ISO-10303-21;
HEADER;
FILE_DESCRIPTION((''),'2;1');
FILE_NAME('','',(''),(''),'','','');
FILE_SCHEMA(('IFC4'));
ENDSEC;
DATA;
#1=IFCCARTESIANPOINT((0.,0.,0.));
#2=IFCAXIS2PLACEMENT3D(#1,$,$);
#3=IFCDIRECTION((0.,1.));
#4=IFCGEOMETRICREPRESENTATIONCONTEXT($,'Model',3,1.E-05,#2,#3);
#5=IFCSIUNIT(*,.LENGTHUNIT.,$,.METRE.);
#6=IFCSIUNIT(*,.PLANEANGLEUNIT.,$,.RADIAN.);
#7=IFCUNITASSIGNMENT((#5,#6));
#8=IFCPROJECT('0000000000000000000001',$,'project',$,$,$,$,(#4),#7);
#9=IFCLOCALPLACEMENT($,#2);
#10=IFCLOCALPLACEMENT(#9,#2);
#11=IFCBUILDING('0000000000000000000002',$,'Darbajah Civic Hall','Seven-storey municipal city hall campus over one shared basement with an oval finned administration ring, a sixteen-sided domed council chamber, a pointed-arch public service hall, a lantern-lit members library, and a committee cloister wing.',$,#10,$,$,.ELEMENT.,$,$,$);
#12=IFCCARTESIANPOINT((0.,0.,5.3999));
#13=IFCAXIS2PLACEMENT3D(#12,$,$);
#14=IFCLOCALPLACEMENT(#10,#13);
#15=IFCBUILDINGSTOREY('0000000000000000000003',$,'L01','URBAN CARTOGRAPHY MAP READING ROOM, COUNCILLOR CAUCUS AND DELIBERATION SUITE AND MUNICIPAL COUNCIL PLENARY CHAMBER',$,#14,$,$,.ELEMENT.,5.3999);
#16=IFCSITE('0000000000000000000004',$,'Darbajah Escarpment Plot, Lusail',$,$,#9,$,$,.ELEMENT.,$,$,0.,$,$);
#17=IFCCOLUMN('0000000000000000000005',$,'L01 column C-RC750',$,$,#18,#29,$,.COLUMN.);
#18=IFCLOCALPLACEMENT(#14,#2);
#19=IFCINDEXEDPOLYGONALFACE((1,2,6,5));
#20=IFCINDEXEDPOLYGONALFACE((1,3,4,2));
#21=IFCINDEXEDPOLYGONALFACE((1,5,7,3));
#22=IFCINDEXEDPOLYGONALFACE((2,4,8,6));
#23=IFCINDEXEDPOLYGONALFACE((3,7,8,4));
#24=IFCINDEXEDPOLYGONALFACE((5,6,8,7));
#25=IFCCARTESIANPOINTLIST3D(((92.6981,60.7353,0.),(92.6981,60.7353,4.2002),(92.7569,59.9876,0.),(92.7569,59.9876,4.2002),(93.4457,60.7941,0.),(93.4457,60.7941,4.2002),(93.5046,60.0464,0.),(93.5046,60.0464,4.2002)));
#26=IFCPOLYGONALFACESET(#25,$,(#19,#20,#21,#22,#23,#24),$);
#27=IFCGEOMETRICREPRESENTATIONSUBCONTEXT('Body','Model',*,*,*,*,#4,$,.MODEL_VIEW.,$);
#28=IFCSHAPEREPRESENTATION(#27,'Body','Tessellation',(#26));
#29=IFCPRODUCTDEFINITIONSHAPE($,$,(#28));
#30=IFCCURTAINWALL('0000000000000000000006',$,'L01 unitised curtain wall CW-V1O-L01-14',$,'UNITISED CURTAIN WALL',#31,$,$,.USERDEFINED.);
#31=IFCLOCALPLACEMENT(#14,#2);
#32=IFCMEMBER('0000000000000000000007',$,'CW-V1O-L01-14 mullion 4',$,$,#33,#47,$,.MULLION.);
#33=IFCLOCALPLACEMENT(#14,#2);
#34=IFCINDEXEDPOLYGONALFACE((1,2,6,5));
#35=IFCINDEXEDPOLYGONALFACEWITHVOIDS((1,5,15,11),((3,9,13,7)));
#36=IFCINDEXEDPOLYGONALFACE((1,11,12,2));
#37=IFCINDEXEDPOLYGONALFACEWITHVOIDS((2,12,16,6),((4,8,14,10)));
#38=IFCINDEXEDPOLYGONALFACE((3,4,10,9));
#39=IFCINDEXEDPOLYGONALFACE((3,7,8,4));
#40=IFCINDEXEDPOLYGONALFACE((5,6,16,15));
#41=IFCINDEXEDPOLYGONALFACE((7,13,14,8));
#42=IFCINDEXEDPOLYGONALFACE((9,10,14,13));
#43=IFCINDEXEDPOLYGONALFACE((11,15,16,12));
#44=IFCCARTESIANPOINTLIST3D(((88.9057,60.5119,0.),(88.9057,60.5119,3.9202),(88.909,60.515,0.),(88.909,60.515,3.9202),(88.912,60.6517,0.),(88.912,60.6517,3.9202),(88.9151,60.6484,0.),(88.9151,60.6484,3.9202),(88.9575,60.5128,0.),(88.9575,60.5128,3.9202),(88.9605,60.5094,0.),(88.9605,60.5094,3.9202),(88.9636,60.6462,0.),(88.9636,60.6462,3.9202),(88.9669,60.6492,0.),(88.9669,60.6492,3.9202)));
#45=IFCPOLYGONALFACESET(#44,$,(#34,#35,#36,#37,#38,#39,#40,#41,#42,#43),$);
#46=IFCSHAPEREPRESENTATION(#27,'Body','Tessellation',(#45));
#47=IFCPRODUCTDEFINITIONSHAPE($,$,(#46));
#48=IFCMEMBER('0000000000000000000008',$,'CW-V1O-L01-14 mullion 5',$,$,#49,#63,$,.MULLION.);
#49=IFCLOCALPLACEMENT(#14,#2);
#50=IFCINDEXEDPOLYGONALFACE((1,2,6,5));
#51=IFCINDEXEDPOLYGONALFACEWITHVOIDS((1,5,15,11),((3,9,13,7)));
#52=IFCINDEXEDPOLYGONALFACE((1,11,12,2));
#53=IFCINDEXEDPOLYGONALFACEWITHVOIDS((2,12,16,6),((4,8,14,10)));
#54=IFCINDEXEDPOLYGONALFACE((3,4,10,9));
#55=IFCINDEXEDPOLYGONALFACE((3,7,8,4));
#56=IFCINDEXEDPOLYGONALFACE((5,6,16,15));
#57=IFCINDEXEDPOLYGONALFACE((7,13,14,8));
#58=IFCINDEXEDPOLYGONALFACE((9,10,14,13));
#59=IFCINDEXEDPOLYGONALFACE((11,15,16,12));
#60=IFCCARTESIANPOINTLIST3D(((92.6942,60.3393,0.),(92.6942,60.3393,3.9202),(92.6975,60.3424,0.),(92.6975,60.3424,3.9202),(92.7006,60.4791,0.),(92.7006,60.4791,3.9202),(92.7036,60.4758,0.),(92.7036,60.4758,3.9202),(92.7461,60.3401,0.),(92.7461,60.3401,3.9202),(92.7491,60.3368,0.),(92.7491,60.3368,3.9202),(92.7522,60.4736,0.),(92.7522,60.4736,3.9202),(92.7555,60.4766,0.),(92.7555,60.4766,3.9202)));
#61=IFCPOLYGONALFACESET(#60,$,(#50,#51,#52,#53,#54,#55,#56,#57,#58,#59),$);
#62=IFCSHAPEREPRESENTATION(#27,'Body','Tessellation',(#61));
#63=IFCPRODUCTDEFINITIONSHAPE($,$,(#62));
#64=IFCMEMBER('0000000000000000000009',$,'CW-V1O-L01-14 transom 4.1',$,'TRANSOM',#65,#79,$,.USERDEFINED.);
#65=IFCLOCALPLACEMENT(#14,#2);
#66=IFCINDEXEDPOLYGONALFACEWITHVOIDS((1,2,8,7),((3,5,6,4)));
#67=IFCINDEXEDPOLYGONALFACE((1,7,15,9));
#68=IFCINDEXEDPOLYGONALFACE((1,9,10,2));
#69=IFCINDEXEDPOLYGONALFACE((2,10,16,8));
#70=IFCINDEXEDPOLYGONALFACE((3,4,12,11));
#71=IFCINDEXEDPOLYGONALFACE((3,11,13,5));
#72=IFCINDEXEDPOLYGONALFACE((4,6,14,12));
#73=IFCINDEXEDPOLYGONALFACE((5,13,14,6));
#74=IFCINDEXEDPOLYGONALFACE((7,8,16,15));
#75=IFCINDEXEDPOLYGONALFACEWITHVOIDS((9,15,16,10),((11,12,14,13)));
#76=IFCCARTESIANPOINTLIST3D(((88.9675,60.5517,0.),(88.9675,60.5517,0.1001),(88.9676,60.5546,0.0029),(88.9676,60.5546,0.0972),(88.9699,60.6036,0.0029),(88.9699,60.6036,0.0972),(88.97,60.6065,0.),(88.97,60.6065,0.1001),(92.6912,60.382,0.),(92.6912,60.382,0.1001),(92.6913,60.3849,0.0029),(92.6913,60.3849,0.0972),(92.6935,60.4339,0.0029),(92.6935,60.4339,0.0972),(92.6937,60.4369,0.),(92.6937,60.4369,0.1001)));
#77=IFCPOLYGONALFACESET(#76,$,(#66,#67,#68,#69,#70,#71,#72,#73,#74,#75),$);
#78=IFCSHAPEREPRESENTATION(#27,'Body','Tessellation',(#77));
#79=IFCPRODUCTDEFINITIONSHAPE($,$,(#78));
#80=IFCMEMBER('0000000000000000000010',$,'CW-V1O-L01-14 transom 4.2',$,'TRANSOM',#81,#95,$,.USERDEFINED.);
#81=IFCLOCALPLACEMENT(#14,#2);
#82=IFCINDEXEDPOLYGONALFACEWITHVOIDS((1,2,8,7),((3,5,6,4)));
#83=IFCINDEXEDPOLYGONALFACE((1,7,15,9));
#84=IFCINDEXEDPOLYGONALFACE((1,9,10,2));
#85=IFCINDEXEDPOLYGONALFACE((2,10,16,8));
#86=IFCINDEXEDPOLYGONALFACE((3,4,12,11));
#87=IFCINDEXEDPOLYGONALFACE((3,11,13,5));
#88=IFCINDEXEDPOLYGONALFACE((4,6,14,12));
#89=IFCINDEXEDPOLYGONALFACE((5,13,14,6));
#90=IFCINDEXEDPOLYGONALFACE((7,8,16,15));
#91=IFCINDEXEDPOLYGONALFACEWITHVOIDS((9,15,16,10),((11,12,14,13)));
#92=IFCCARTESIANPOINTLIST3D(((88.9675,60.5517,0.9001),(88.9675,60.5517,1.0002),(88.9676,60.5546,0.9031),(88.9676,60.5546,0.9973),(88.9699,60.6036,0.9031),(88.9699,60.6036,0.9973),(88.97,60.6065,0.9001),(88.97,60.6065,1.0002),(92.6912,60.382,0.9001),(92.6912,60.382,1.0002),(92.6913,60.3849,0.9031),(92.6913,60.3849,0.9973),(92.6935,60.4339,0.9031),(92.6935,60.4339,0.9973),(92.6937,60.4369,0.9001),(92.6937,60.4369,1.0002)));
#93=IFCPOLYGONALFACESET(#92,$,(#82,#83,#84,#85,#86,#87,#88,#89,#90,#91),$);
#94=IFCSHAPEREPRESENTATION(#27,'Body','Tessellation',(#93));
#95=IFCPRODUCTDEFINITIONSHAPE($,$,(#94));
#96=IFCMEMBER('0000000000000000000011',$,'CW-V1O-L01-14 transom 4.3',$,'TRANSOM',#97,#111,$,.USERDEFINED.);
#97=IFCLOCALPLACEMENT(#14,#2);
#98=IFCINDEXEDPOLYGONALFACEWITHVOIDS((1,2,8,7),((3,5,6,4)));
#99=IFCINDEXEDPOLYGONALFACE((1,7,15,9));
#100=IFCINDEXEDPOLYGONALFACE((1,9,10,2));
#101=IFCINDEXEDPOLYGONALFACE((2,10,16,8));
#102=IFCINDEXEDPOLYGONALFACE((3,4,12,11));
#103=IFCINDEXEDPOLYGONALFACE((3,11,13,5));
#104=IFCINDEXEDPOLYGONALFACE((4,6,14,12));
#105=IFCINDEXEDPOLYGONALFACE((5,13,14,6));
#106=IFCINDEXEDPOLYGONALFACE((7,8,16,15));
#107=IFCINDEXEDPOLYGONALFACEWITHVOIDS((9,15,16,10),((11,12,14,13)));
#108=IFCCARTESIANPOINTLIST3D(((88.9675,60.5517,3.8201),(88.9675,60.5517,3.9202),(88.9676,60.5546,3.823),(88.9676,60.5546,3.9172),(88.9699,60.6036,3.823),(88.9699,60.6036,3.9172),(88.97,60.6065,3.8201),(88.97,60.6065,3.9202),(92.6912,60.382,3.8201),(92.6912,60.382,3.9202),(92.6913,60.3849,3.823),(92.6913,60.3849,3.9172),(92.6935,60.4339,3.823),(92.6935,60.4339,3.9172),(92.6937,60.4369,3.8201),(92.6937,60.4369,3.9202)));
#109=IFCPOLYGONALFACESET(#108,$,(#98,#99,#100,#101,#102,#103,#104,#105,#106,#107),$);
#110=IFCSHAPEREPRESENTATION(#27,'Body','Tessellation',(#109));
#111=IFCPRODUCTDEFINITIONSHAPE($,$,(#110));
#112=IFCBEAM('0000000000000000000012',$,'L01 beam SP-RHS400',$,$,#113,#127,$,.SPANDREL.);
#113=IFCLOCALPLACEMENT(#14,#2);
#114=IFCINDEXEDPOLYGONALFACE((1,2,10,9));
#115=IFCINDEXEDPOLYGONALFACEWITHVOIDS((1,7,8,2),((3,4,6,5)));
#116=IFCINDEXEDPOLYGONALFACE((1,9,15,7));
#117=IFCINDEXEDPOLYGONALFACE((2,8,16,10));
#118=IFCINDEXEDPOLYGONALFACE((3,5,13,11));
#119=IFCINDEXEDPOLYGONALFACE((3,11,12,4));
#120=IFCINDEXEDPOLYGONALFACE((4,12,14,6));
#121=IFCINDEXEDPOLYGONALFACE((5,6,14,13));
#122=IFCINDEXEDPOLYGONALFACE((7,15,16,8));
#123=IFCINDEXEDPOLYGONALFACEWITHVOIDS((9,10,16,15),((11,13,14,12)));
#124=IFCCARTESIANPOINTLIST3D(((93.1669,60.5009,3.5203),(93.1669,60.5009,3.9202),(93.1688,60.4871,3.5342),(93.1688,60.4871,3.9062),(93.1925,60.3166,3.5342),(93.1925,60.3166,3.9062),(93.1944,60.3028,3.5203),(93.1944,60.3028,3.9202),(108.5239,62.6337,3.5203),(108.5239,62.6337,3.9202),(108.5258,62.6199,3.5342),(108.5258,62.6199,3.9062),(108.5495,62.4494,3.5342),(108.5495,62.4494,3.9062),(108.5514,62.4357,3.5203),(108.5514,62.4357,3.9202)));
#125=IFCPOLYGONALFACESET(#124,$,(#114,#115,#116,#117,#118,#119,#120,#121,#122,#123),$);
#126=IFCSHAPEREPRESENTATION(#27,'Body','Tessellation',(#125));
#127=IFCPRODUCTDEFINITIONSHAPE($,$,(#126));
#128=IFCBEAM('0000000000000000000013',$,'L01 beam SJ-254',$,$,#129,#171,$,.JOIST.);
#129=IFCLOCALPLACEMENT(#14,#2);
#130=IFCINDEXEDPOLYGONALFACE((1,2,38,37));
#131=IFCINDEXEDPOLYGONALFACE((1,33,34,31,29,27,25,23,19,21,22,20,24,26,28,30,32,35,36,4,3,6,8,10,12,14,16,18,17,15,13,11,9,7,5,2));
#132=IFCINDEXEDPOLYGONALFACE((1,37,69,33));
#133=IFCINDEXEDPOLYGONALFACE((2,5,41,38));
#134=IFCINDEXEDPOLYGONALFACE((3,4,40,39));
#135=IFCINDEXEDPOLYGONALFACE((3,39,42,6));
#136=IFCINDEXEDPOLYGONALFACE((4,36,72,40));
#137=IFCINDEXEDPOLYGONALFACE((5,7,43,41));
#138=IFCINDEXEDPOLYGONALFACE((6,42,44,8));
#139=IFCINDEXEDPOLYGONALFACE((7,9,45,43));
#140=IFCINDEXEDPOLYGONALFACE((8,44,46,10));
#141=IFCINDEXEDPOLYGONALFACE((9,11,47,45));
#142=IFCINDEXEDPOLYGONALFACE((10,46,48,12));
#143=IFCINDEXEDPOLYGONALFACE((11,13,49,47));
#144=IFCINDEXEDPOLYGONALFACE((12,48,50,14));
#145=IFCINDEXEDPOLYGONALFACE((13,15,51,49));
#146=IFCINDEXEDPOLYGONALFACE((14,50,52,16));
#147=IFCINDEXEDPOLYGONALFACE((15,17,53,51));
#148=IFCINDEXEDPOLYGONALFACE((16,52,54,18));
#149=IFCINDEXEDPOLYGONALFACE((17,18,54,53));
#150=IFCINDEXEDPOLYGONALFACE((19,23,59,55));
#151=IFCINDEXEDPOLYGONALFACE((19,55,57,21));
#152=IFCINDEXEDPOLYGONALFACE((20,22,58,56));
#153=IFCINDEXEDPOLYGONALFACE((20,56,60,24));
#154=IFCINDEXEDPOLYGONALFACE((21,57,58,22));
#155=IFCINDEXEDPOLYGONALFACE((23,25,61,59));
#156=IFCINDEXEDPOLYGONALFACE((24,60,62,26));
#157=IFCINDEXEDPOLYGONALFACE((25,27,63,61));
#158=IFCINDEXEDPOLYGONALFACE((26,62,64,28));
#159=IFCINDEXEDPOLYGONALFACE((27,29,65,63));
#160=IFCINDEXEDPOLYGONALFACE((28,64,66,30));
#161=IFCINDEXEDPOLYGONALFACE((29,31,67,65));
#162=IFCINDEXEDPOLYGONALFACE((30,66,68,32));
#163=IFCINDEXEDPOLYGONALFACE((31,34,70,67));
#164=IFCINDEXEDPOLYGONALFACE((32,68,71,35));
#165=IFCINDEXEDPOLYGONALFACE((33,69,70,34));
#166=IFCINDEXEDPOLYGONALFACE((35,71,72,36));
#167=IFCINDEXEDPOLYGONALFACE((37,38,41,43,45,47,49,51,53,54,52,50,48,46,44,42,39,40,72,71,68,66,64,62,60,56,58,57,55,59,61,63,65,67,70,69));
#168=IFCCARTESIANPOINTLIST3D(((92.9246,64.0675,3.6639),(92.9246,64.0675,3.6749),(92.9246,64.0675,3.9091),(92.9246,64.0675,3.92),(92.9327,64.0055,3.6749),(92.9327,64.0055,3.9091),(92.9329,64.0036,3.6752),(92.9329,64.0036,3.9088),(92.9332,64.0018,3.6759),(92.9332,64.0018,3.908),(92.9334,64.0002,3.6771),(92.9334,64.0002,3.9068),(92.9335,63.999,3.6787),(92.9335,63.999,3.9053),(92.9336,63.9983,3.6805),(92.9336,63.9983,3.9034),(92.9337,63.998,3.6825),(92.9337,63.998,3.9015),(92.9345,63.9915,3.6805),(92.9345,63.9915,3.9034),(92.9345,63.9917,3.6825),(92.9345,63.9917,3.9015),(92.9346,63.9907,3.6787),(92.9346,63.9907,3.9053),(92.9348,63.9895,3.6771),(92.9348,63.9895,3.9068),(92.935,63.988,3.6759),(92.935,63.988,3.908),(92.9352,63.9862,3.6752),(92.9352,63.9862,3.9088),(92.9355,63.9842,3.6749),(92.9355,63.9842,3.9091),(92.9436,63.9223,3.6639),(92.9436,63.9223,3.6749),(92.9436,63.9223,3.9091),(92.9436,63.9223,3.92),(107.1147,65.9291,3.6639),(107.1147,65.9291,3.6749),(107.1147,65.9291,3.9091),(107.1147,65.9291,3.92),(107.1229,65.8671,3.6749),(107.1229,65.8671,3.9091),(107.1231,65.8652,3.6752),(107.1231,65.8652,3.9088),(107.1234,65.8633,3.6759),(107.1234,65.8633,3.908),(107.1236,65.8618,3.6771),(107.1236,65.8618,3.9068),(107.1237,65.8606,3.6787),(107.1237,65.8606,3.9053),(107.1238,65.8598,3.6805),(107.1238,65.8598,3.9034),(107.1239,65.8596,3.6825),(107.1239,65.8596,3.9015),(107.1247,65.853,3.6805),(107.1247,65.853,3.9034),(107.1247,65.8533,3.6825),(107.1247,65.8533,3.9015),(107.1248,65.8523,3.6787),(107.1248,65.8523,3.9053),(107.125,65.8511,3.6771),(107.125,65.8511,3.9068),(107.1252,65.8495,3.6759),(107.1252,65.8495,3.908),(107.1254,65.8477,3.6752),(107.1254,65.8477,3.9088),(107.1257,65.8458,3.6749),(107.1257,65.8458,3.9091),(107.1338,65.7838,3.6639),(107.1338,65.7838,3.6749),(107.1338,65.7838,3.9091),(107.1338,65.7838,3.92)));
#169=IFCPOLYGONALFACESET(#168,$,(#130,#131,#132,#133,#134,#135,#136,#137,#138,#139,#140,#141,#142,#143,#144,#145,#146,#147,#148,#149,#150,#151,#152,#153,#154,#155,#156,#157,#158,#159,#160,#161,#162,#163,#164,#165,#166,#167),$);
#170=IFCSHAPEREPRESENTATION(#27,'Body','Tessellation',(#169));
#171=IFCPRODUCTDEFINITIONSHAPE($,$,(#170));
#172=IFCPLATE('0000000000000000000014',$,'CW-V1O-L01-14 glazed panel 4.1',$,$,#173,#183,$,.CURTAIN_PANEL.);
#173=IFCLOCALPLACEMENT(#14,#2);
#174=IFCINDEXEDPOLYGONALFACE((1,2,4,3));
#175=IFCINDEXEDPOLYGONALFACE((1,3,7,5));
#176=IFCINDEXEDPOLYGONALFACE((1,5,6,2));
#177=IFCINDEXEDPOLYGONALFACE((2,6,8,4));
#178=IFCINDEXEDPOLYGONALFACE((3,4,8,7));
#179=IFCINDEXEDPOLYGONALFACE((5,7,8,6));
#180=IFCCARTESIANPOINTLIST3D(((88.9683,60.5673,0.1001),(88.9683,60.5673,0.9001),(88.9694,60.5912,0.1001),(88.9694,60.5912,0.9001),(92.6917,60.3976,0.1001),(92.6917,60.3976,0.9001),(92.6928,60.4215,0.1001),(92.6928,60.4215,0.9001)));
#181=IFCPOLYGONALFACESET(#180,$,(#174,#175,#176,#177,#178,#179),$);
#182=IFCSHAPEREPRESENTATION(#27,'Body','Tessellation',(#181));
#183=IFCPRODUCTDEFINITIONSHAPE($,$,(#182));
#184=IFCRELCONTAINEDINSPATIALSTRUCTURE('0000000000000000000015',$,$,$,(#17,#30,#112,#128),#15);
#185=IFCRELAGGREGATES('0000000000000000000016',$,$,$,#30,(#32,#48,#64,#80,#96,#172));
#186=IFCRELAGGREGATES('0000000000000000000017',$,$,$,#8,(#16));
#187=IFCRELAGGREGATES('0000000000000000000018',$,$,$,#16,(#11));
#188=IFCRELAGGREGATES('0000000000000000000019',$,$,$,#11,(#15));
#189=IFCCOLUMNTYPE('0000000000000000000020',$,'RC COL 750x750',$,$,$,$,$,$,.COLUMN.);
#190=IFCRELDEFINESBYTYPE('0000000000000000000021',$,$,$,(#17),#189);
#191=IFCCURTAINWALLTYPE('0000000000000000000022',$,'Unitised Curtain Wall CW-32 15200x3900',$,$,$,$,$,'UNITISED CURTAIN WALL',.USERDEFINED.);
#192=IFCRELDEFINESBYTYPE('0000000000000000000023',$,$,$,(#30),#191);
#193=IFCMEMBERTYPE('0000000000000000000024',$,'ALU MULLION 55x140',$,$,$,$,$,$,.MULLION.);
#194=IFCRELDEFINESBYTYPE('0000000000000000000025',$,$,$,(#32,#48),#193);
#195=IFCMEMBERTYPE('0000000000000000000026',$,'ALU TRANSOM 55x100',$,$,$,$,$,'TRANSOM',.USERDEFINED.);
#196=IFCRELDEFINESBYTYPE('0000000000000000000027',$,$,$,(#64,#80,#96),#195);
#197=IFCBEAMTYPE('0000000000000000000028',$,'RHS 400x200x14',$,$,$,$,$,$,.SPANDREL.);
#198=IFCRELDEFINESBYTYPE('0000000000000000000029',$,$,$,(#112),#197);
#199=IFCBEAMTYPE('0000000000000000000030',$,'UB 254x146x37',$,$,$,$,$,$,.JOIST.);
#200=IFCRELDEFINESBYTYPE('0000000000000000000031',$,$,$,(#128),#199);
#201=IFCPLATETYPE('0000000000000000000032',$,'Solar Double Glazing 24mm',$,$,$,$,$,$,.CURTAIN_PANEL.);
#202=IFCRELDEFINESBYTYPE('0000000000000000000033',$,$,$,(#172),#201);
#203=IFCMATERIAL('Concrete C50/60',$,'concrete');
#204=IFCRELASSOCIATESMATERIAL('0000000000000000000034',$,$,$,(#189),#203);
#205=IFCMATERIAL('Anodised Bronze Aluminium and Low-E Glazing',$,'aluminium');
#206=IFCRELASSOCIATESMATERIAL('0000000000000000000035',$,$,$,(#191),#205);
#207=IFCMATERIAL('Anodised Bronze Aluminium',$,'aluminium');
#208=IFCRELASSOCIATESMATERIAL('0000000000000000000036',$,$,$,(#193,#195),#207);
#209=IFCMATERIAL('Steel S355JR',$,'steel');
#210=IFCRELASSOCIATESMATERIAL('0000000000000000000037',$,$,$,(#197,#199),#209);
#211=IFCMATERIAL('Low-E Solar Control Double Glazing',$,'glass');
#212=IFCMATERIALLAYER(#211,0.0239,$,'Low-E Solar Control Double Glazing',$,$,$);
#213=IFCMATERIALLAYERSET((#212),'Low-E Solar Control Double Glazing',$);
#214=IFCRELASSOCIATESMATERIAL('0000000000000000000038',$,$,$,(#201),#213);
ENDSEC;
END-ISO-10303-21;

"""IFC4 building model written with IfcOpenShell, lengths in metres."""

from ifc_helpers import new_model, si_unit, direction, frame, origin, origin_2d, place, context, subcontext, project, spatial, rectangle, hollow_rectangle, i_section, extrude, material, layer, layer_set, material_profile, profile_set, type_object, element, aggregate, save


model = new_model("IFC4")

# Units and contexts
model_context = context("Model", 3, precision=1e-05, world=origin(), true_north=direction((0.0, 1.0)))
body_context = subcontext(model_context, "Body", "Model", "MODEL_VIEW")
ifc_project = project(units=[si_unit("LENGTHUNIT", "METRE"), si_unit("PLANEANGLEUNIT", "RADIAN")], contexts=[model_context])

# Site, building, storey
site_placement = place(None, origin())
site = spatial("IfcSite", under=ifc_project, at=site_placement, Name="Darbajah Escarpment Plot, Lusail", CompositionType="ELEMENT", RefElevation=0.0)
building_placement = place(site_placement, origin())
building = spatial("IfcBuilding", under=site, at=building_placement, Name="Darbajah Civic Hall", Description="Seven-storey municipal city hall campus over one shared basement with an oval finned administration ring, a sixteen-sided domed council chamber, a pointed-arch public service hall, a lantern-lit members library, and a committee cloister wing.", CompositionType="ELEMENT")
storey_placement = place(building_placement, frame((0.0, 0.0, 5.3999)))
storey = spatial("IfcBuildingStorey", under=building, at=storey_placement, Name="L01", Description="URBAN CARTOGRAPHY MAP READING ROOM, COUNCILLOR CAUCUS AND DELIBERATION SUITE AND MUNICIPAL COUNCIL PLENARY CHAMBER", CompositionType="ELEMENT", Elevation=5.3999)

# Column
ifc_material_1 = material(Name="Concrete C50/60", Category="concrete")
ifc_material_profile_1 = material_profile(ifc_material_1, rectangle(XDim=0.75, YDim=0.75, at=origin_2d()), Name="RC COL 750x750")
ifc_profile_set_1 = profile_set([ifc_material_profile_1], Name="Concrete C50/60")
column_type = type_object("IfcColumnType", Name="RC COL 750x750", PredefinedType="COLUMN", material=ifc_profile_set_1)
column_placement = place(storey_placement, frame((93.1013, 60.3909, 0.0), z_axis=(0.0, 0.0, 1.0), x_axis=(0.078459, -0.996917, 0.0)))
element("IfcColumn", 1, at=column_placement, inside=storey, type_object=column_type, Name="L01 column C-RC750", PredefinedType="COLUMN", context=body_context, shape_type="SweptSolid", body=[
    extrude(rectangle(XDim=0.75, YDim=0.75, at=origin_2d()), origin(), (0.0, 0.0, 1.0), 4.2002),
])

# Curtain wall, members
ifc_material_2 = material(Name="Anodised Bronze Aluminium and Low-E Glazing", Category="aluminium")
curtain_wall_type = type_object("IfcCurtainWallType", Name="Unitised Curtain Wall CW-32 15200x3900", ElementType="UNITISED CURTAIN WALL", PredefinedType="USERDEFINED", material=ifc_material_2)
curtain_wall_placement = place(storey_placement, origin())
curtain_wall = element("IfcCurtainWall", 2, at=curtain_wall_placement, inside=storey, type_object=curtain_wall_type, Name="L01 unitised curtain wall CW-V1O-L01-14", ObjectType="UNITISED CURTAIN WALL", PredefinedType="USERDEFINED")
ifc_material_3 = material(Name="Anodised Bronze Aluminium", Category="aluminium")
ifc_material_profile_2 = material_profile(ifc_material_3, hollow_rectangle(XDim=0.0549, YDim=0.1399, WallThickness=0.0032, at=origin_2d()), Name="ALU MULLION 55x140")
ifc_profile_set_2 = profile_set([ifc_material_profile_2], Name="Anodised Bronze Aluminium")
member_type_1 = type_object("IfcMemberType", Name="ALU MULLION 55x140", PredefinedType="MULLION", material=ifc_profile_set_2)
member_1_placement = place(storey_placement, frame((88.9363, 60.5806, 0.0), z_axis=(0.0, 0.0, 1.0), x_axis=(0.998963, -0.045537, 0.0)))
member_1 = element("IfcMember", 3, at=member_1_placement, type_object=member_type_1, Name="CW-V1O-L01-14 mullion 4", PredefinedType="MULLION", context=body_context, shape_type="SweptSolid", body=[
    extrude(hollow_rectangle(XDim=0.0549, YDim=0.1399, WallThickness=0.0032, at=origin_2d()), origin(), (0.0, 0.0, 1.0), 3.9202),
])
member_2_placement = place(storey_placement, frame((92.7249, 60.408, 0.0), z_axis=(0.0, 0.0, 1.0), x_axis=(0.998963, -0.045537, 0.0)))
member_2 = element("IfcMember", 4, at=member_2_placement, type_object=member_type_1, Name="CW-V1O-L01-14 mullion 5", PredefinedType="MULLION", context=body_context, shape_type="SweptSolid", body=[
    extrude(hollow_rectangle(XDim=0.0549, YDim=0.1399, WallThickness=0.0032, at=origin_2d()), origin(), (0.0, 0.0, 1.0), 3.9202),
])
ifc_material_profile_3 = material_profile(ifc_material_3, hollow_rectangle(XDim=0.0549, YDim=0.1001, WallThickness=0.0029, at=origin_2d()), Name="ALU TRANSOM 55x100")
ifc_profile_set_3 = profile_set([ifc_material_profile_3], Name="Anodised Bronze Aluminium")
member_type_2 = type_object("IfcMemberType", Name="ALU TRANSOM 55x100", ElementType="TRANSOM", PredefinedType="USERDEFINED", material=ifc_profile_set_3)
member_3_placement = place(storey_placement, frame((88.9688, 60.5791, 0.05), z_axis=(0.998963, -0.045521, 0.0), x_axis=(0.045521, 0.998963, 0.0)))
member_3 = element("IfcMember", 5, at=member_3_placement, type_object=member_type_2, Name="CW-V1O-L01-14 transom 4.1", ObjectType="TRANSOM", PredefinedType="USERDEFINED", context=body_context, shape_type="SweptSolid", body=[
    extrude(hollow_rectangle(XDim=0.0549, YDim=0.1001, WallThickness=0.0029, at=origin_2d()), origin(), (0.0, 0.0, 1.0), 3.7275),
])
member_4_placement = place(storey_placement, frame((88.9688, 60.5791, 0.9502), z_axis=(0.998963, -0.045521, 0.0), x_axis=(0.045521, 0.998963, 0.0)))
member_4 = element("IfcMember", 6, at=member_4_placement, type_object=member_type_2, Name="CW-V1O-L01-14 transom 4.2", ObjectType="TRANSOM", PredefinedType="USERDEFINED", context=body_context, shape_type="SweptSolid", body=[
    extrude(hollow_rectangle(XDim=0.0549, YDim=0.1001, WallThickness=0.0029, at=origin_2d()), origin(), (0.0, 0.0, 1.0), 3.7275),
])
member_5_placement = place(storey_placement, frame((88.9688, 60.5791, 3.8701), z_axis=(0.998963, -0.045521, 0.0), x_axis=(0.045521, 0.998963, 0.0)))
member_5 = element("IfcMember", 7, at=member_5_placement, type_object=member_type_2, Name="CW-V1O-L01-14 transom 4.3", ObjectType="TRANSOM", PredefinedType="USERDEFINED", context=body_context, shape_type="SweptSolid", body=[
    extrude(hollow_rectangle(XDim=0.0549, YDim=0.1001, WallThickness=0.0029, at=origin_2d()), origin(), (0.0, 0.0, 1.0), 3.7275),
])

# Beams
ifc_material_4 = material(Name="Steel S355JR", Category="steel")
ifc_material_profile_4 = material_profile(ifc_material_4, hollow_rectangle(XDim=0.2, YDim=0.3999, WallThickness=0.0139, at=origin_2d()), Name="RHS 400x200x14")
ifc_profile_set_4 = profile_set([ifc_material_profile_4], Name="Steel S355JR")
beam_type_1 = type_object("IfcBeamType", Name="RHS 400x200x14", PredefinedType="SPANDREL", material=ifc_profile_set_4)
beam_1_placement = place(storey_placement, frame((93.1807, 60.4019, 3.7202), z_axis=(0.990493, 0.137562, 0.0), x_axis=(-0.137562, 0.990493, 0.0)))
element("IfcBeam", 8, at=beam_1_placement, inside=storey, type_object=beam_type_1, Name="L01 beam SP-RHS400", PredefinedType="SPANDREL", context=body_context, shape_type="SweptSolid", body=[
    extrude(hollow_rectangle(XDim=0.2, YDim=0.3999, WallThickness=0.0139, at=origin_2d()), origin(), (0.0, 0.0, 1.0), 15.5044),
])
ifc_material_profile_5 = material_profile(ifc_material_4, i_section(OverallWidth=0.1465, OverallDepth=0.2561, WebThickness=0.0063, FlangeThickness=0.011, FilletRadius=0.0076, at=origin_2d()), Name="UB 254x146x37")
ifc_profile_set_5 = profile_set([ifc_material_profile_5], Name="Steel S355JR")
beam_type_2 = type_object("IfcBeamType", Name="UB 254x146x37", PredefinedType="JOIST", material=ifc_profile_set_5)
beam_2_placement = place(storey_placement, frame((92.9341, 63.9949, 3.792), z_axis=(0.991504, 0.130073, 0.0), x_axis=(-0.130073, 0.991504, 0.0)))
element("IfcBeam", 9, at=beam_2_placement, inside=storey, type_object=beam_type_2, Name="L01 beam SJ-254", PredefinedType="JOIST", context=body_context, shape_type="SweptSolid", body=[
    extrude(i_section(OverallWidth=0.1465, OverallDepth=0.2561, WebThickness=0.0063, FlangeThickness=0.011, FilletRadius=0.0076, at=origin_2d()), origin(), (0.0, 0.0, 1.0), 14.3118),
])

# Plate
ifc_material_5 = material(Name="Low-E Solar Control Double Glazing", Category="glass")
ifc_layer_1 = layer(ifc_material_5, 0.0239, Name="Low-E Solar Control Double Glazing")
ifc_layer_set_1 = layer_set([ifc_layer_1], Name="Low-E Solar Control Double Glazing")
plate_type = type_object("IfcPlateType", Name="Solar Double Glazing 24mm", PredefinedType="CURTAIN_PANEL", material=ifc_layer_set_1)
plate_1_placement = place(storey_placement, frame((90.8306, 60.4944, 0.1001), z_axis=(0.0, 0.0, 1.0), x_axis=(0.998963, -0.045537, 0.0)))
plate_1 = element("IfcPlate", 10, at=plate_1_placement, type_object=plate_type, Name="CW-V1O-L01-14 glazed panel 4.1", PredefinedType="CURTAIN_PANEL", context=body_context, shape_type="SweptSolid", body=[
    extrude(rectangle(XDim=3.7273, YDim=0.0239, at=origin_2d()), origin(), (0.0, 0.0, 1.0), 0.8),
])
aggregate(curtain_wall, [member_1, member_2, member_3, member_4, member_5, plate_1])

save(model, "model.ifc")
